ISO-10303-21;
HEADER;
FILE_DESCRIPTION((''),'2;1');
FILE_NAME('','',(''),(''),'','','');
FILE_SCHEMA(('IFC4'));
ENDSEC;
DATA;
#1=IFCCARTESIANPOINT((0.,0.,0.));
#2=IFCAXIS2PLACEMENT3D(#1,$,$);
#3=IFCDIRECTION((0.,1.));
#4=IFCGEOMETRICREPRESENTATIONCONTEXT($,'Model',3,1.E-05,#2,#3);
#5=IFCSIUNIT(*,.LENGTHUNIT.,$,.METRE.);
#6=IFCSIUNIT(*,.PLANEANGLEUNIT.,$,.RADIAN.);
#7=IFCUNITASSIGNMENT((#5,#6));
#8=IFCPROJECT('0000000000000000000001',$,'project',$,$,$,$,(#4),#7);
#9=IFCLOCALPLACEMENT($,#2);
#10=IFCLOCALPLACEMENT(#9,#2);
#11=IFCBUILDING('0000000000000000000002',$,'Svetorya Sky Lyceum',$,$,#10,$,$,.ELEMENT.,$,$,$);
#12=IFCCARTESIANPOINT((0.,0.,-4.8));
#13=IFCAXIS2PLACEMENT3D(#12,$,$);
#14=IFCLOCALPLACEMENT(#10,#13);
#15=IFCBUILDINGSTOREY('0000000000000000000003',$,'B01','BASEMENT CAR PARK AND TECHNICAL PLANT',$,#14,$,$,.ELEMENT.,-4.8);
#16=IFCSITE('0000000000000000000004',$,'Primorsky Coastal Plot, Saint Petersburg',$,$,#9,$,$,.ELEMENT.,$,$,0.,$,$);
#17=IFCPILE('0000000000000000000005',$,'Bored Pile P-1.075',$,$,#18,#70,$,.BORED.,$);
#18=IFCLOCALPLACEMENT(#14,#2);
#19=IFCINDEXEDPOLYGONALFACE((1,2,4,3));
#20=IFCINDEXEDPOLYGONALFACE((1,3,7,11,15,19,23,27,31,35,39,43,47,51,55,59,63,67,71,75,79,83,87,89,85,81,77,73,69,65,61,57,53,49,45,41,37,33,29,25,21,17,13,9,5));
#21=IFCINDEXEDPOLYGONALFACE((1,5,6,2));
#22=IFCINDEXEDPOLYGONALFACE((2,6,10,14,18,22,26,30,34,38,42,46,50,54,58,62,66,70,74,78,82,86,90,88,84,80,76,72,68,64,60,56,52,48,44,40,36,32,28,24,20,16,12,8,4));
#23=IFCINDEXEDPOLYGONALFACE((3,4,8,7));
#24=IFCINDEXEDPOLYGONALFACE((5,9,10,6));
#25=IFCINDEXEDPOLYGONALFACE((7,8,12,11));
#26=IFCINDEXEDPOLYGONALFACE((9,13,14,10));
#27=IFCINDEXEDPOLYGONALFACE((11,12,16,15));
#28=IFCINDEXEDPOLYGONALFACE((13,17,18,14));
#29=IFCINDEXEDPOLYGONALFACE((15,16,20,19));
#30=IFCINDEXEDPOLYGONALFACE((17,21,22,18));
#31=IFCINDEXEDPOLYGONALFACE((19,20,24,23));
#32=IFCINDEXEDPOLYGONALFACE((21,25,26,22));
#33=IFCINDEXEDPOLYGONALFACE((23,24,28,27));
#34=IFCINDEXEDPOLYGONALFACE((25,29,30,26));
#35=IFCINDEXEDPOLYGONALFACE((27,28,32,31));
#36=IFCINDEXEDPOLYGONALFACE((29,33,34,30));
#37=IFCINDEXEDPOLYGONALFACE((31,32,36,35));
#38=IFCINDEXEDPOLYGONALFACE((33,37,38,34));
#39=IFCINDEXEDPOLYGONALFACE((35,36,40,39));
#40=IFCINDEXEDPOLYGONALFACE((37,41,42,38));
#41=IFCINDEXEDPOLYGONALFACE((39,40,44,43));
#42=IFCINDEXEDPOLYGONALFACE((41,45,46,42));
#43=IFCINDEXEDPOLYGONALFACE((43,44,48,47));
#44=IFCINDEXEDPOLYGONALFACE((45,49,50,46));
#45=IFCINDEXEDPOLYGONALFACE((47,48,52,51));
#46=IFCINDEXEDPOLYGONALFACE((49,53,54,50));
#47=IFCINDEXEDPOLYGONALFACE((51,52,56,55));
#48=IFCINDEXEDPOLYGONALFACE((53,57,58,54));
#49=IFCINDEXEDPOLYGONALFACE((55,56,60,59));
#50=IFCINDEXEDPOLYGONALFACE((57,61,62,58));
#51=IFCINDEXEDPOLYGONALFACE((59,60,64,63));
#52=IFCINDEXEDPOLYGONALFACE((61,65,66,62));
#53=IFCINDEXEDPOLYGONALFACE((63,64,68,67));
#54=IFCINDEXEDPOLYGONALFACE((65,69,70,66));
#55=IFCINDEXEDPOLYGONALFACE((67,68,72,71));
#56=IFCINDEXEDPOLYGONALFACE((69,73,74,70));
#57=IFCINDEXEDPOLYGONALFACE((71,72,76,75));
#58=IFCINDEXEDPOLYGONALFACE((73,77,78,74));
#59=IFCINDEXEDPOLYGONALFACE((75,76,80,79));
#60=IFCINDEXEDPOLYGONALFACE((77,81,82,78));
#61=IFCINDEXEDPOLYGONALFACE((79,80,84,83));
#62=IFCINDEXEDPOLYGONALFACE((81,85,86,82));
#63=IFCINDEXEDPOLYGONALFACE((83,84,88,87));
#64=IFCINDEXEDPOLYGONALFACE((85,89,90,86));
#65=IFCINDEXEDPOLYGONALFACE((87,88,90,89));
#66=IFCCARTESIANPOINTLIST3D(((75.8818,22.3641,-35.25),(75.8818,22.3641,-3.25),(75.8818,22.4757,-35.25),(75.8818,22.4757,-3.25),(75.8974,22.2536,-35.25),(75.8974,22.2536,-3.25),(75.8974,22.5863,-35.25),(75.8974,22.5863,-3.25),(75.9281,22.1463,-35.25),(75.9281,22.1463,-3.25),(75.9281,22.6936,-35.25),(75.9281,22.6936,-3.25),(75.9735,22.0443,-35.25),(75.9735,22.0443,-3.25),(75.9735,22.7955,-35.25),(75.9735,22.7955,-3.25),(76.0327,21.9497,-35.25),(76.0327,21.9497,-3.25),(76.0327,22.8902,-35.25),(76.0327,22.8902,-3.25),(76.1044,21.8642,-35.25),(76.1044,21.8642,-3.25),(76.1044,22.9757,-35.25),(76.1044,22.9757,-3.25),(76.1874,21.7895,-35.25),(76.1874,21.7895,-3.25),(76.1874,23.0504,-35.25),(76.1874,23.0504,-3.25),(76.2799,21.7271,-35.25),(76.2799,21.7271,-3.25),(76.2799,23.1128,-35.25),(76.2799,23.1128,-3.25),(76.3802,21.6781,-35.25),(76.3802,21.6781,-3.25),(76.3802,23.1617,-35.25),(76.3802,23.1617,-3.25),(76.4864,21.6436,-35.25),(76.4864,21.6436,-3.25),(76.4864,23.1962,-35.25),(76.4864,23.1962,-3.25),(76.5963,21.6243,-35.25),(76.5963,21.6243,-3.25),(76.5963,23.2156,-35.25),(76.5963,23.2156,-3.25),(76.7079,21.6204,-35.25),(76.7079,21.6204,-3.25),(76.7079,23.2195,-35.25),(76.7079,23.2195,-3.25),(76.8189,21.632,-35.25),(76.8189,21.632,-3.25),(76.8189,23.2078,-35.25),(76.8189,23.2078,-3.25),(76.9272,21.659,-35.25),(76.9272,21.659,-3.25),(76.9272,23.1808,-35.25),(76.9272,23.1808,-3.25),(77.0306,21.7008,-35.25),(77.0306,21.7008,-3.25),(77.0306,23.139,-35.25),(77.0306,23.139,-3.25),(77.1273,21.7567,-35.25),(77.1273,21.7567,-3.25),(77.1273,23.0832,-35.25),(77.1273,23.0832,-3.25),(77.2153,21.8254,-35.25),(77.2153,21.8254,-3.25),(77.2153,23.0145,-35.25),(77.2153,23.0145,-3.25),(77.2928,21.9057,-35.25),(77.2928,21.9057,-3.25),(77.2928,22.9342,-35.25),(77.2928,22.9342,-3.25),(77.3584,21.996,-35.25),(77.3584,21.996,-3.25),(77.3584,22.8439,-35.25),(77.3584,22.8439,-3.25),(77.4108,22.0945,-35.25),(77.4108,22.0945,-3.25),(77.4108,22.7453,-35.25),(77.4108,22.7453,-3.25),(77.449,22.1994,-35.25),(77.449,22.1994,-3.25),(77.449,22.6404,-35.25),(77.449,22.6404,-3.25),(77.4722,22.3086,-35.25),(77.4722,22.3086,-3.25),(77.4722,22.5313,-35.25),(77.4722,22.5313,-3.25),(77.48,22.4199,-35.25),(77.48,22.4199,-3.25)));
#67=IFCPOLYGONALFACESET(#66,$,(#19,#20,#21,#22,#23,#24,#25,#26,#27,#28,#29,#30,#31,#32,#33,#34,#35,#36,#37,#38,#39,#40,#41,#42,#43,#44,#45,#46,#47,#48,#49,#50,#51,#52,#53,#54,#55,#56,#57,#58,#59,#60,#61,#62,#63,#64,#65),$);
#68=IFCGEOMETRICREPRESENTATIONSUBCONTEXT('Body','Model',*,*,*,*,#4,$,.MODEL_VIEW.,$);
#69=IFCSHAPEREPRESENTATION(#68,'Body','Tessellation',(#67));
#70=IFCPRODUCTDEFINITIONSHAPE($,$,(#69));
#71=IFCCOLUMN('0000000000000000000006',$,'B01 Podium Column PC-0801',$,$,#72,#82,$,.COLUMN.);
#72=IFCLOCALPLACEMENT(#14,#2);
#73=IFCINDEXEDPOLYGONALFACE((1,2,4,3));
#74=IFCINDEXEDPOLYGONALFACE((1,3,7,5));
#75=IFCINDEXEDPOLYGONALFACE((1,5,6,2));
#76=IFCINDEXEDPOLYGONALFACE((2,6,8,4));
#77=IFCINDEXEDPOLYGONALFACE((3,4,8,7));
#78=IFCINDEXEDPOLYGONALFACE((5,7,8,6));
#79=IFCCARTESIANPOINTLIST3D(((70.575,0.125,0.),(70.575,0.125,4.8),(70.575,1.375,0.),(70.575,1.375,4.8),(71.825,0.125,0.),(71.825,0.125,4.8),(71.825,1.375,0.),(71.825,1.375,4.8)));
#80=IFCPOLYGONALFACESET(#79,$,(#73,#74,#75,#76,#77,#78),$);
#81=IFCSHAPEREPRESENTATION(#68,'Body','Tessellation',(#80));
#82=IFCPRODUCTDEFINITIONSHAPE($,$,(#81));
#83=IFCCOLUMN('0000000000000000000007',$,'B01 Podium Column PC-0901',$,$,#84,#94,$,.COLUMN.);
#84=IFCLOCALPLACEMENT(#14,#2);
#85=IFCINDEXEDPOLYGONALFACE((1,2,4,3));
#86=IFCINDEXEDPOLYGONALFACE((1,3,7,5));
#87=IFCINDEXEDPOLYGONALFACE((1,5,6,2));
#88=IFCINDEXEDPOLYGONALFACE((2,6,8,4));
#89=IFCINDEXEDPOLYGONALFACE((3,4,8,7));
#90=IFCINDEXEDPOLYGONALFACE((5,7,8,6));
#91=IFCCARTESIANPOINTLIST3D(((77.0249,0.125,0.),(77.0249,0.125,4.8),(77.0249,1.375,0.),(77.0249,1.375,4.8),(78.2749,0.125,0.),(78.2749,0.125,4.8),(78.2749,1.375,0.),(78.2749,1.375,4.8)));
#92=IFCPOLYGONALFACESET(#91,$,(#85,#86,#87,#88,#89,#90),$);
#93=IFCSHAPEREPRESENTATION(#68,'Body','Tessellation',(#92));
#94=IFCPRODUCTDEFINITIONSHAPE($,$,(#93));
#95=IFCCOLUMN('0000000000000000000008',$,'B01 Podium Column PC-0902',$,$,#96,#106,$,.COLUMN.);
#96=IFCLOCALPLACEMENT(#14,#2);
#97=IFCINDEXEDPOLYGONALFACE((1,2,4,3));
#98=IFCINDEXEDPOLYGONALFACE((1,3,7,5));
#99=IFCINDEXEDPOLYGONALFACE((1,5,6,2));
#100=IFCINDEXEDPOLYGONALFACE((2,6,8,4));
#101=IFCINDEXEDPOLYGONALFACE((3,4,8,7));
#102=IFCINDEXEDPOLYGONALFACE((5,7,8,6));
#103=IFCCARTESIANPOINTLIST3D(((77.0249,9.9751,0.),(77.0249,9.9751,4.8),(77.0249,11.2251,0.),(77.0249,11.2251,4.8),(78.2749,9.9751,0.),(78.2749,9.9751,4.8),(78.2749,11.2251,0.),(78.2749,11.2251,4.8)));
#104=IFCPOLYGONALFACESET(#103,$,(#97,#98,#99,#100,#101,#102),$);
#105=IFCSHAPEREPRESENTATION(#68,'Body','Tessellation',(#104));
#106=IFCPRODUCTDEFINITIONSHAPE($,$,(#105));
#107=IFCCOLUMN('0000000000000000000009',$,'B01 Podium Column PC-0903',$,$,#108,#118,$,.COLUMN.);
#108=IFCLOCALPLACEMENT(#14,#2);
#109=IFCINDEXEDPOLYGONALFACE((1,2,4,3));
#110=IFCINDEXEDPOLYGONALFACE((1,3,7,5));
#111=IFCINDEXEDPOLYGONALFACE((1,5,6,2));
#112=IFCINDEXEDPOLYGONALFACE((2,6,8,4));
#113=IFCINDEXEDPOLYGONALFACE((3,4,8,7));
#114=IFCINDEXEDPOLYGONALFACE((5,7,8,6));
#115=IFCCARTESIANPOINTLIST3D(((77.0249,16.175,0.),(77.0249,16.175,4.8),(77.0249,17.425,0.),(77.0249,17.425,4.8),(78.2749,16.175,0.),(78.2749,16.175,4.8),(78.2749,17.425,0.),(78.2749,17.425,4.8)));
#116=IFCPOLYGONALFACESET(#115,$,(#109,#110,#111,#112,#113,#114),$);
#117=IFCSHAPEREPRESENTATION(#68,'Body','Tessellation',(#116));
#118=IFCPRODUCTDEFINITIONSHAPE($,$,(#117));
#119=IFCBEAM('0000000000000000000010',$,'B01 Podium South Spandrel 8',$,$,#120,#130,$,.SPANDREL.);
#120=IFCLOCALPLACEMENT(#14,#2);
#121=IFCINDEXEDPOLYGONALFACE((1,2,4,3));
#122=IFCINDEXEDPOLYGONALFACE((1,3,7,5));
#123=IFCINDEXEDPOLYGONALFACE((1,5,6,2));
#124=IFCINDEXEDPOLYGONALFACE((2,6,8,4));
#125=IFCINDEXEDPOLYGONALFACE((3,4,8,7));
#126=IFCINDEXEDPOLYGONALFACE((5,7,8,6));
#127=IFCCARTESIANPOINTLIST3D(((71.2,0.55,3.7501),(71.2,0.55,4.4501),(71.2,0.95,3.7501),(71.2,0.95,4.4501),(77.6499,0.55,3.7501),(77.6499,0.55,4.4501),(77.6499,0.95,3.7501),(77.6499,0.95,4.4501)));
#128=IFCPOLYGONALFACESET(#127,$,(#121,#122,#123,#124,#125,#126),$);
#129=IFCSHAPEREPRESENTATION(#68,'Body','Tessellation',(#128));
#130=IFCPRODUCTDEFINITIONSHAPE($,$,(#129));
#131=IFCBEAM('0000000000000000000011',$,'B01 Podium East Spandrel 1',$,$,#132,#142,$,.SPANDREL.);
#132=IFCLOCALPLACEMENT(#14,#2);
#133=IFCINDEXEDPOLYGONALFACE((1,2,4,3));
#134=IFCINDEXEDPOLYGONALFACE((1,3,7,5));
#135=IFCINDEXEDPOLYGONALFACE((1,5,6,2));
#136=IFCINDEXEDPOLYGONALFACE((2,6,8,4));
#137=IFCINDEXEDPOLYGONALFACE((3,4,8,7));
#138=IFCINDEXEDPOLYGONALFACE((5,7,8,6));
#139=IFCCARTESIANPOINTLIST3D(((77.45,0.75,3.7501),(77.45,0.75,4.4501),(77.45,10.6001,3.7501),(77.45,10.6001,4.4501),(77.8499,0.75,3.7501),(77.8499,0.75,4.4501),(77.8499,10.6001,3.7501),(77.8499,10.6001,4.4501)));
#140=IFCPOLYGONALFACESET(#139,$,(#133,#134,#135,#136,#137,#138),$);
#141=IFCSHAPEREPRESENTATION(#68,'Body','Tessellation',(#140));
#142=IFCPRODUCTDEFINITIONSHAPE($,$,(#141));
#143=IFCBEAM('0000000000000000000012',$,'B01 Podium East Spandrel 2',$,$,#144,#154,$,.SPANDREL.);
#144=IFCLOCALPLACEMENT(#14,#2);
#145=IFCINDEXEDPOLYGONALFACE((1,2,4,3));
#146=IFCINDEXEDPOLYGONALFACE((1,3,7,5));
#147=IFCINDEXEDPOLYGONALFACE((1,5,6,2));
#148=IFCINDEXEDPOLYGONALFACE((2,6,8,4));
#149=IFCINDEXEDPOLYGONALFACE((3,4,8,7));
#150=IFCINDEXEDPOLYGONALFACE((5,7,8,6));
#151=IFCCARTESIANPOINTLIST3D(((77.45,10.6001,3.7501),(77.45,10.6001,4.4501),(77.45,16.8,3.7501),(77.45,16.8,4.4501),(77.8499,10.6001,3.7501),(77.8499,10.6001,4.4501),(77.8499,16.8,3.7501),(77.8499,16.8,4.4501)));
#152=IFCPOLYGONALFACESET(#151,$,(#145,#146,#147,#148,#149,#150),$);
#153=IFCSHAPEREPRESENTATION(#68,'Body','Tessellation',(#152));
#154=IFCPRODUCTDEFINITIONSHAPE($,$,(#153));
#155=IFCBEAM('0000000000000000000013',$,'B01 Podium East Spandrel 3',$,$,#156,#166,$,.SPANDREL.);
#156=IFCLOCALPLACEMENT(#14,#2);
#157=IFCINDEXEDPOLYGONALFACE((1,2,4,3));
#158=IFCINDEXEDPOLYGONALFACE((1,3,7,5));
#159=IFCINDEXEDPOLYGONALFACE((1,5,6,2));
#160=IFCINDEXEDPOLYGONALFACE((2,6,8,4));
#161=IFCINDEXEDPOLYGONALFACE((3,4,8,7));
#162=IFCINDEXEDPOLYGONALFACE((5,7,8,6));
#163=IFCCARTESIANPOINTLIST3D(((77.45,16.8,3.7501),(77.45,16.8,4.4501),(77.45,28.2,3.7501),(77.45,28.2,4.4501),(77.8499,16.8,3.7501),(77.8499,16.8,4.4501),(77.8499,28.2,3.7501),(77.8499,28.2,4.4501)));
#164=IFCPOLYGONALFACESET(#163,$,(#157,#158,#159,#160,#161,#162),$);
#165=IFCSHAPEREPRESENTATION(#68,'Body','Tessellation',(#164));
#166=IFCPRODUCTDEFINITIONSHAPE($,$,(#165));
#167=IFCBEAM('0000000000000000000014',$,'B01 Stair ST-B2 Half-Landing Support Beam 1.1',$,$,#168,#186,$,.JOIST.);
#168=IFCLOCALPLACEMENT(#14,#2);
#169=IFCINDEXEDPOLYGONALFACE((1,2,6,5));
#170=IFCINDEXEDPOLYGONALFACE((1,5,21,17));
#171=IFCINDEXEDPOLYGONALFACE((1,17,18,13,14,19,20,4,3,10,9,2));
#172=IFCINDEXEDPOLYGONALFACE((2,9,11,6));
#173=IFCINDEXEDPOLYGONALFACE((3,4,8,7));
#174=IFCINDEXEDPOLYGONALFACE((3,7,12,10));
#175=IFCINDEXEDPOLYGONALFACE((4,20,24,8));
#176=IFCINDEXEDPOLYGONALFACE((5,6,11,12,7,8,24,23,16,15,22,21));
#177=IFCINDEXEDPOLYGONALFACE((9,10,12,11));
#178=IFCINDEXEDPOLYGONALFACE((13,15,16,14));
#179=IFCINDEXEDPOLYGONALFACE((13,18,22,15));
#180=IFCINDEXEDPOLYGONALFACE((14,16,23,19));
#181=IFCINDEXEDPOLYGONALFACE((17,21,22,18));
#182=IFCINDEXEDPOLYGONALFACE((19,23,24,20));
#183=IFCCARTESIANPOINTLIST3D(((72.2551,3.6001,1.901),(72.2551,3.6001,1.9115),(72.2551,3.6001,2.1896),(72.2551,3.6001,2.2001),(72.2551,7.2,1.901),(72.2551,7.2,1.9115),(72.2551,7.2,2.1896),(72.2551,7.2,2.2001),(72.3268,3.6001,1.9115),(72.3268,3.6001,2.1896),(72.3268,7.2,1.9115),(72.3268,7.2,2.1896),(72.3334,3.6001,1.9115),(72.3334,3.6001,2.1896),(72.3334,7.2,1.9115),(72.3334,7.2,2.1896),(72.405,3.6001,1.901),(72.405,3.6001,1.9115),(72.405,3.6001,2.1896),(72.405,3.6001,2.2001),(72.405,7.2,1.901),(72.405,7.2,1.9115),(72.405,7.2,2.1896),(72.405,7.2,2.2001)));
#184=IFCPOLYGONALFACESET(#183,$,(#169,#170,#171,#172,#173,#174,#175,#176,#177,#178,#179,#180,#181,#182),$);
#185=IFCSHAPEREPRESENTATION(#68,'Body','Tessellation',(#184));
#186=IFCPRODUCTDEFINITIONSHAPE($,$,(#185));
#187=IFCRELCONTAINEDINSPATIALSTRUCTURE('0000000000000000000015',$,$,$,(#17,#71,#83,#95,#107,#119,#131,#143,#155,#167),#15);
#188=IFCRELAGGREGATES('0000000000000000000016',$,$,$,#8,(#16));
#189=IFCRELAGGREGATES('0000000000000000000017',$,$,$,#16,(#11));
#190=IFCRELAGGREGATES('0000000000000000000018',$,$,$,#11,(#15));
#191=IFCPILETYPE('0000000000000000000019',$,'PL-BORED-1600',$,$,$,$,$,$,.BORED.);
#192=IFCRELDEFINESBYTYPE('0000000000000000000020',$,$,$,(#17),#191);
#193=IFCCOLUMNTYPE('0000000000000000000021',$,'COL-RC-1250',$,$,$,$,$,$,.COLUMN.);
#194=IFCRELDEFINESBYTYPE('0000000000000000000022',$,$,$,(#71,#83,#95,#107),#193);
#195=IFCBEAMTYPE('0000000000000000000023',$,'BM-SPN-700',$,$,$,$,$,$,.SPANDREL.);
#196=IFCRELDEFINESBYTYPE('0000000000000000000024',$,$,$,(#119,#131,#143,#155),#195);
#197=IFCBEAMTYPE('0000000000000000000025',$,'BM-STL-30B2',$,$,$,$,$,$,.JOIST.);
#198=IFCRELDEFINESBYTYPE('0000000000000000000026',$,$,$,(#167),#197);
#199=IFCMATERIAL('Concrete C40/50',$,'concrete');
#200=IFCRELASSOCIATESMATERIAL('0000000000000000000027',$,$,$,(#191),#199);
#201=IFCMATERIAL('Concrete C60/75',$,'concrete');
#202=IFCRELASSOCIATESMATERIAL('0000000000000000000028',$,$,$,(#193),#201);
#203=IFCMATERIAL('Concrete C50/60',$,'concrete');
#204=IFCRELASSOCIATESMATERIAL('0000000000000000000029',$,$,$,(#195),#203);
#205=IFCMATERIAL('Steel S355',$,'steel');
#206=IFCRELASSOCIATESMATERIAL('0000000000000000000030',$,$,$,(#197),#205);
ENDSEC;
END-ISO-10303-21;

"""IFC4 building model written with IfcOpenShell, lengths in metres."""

from ifc_helpers import new_model, si_unit, direction, frame, origin, origin_2d, place, context, subcontext, project, spatial, rectangle, circle, i_section, extrude, material, material_profile, profile_set, type_object, element, save


model = new_model("IFC4")

# Units and contexts
model_context = context("Model", 3, precision=1e-05, world=origin(), true_north=direction((0.0, 1.0)))
body_context = subcontext(model_context, "Body", "Model", "MODEL_VIEW")
ifc_project = project(units=[si_unit("LENGTHUNIT", "METRE"), si_unit("PLANEANGLEUNIT", "RADIAN")], contexts=[model_context])

# Site, building, storey
site_placement = place(None, origin())
site = spatial("IfcSite", under=ifc_project, at=site_placement, Name="Primorsky Coastal Plot, Saint Petersburg", CompositionType="ELEMENT", RefElevation=0.0)
building_placement = place(site_placement, origin())
building = spatial("IfcBuilding", under=site, at=building_placement, Name="Svetorya Sky Lyceum", CompositionType="ELEMENT")
storey_placement = place(building_placement, frame((0.0, 0.0, -4.8)))
storey = spatial("IfcBuildingStorey", under=building, at=storey_placement, Name="B01", Description="BASEMENT CAR PARK AND TECHNICAL PLANT", CompositionType="ELEMENT", Elevation=-4.8)

# Pile
ifc_material_1 = material(Name="Concrete C40/50", Category="concrete")
ifc_material_profile_1 = material_profile(ifc_material_1, circle(Radius=0.8, at=origin_2d()), Name="RC PILE D1600")
ifc_profile_set_1 = profile_set([ifc_material_profile_1], Name="Concrete C40/50")
pile_type = type_object("IfcPileType", Name="PL-BORED-1600", PredefinedType="BORED", material=ifc_profile_set_1)
for number, where, z_axis, x_axis, name in (
    (1, (76.6799, 22.4199, -3.25), (0.0, 0.0, -1.0), (1.0, 0.0, 0.0), "Bored Pile P-1.075"),
):
    element("IfcPile", number, at=place(storey_placement, frame(where, z_axis=z_axis, x_axis=x_axis)), inside=storey, type_object=pile_type, Name=name, PredefinedType="BORED", context=body_context, shape_type="SweptSolid", body=[
        extrude(circle(Radius=0.8, at=origin_2d()), origin(), (0.0, 0.0, 1.0), 32.0),
    ])

# Columns
ifc_material_2 = material(Name="Concrete C60/75", Category="concrete")
ifc_material_profile_2 = material_profile(ifc_material_2, rectangle(XDim=1.25, YDim=1.25, at=origin_2d()), Name="RC COL 1250x1250")
ifc_profile_set_2 = profile_set([ifc_material_profile_2], Name="Concrete C60/75")
column_type = type_object("IfcColumnType", Name="COL-RC-1250", PredefinedType="COLUMN", material=ifc_profile_set_2)
for number, where, z_axis, x_axis, name in (
    (2, (71.2, 0.75, 0.0), (0.0, 0.0, 1.0), (1.0, 0.0, 0.0), "B01 Podium Column PC-0801"),
    (3, (77.6499, 0.75, 0.0), (0.0, 0.0, 1.0), (1.0, 0.0, 0.0), "B01 Podium Column PC-0901"),
    (4, (77.6499, 10.6001, 0.0), (0.0, 0.0, 1.0), (1.0, 0.0, 0.0), "B01 Podium Column PC-0902"),
    (5, (77.6499, 16.8, 0.0), (0.0, 0.0, 1.0), (1.0, 0.0, 0.0), "B01 Podium Column PC-0903"),
):
    element("IfcColumn", number, at=place(storey_placement, frame(where, z_axis=z_axis, x_axis=x_axis)), inside=storey, type_object=column_type, Name=name, PredefinedType="COLUMN", context=body_context, shape_type="SweptSolid", body=[
        extrude(rectangle(XDim=1.25, YDim=1.25, at=origin_2d()), origin(), (0.0, 0.0, 1.0), 4.8),
    ])

# Beams
ifc_material_3 = material(Name="Concrete C50/60", Category="concrete")
ifc_material_profile_3 = material_profile(ifc_material_3, rectangle(XDim=0.3999, YDim=0.7, at=origin_2d()), Name="RC SPANDREL 400x700")
ifc_profile_set_3 = profile_set([ifc_material_profile_3], Name="Concrete C50/60")
beam_type_1 = type_object("IfcBeamType", Name="BM-SPN-700", PredefinedType="SPANDREL", material=ifc_profile_set_3)
beam_1_placement = place(storey_placement, frame((71.2, 0.75, 4.1001), z_axis=(1.0, 0.0, 0.0), x_axis=(0.0, 1.0, 0.0)))
element("IfcBeam", 6, at=beam_1_placement, inside=storey, type_object=beam_type_1, Name="B01 Podium South Spandrel 8", PredefinedType="SPANDREL", context=body_context, shape_type="SweptSolid", body=[
    extrude(rectangle(XDim=0.3999, YDim=0.7, at=origin_2d()), origin(), (0.0, 0.0, 1.0), 6.45),
])
beam_2_placement = place(storey_placement, frame((77.6499, 0.75, 4.1001), z_axis=(0.0, 1.0, 0.0), x_axis=(-1.0, 0.0, 0.0)))
element("IfcBeam", 7, at=beam_2_placement, inside=storey, type_object=beam_type_1, Name="B01 Podium East Spandrel 1", PredefinedType="SPANDREL", context=body_context, shape_type="SweptSolid", body=[
    extrude(rectangle(XDim=0.3999, YDim=0.7, at=origin_2d()), origin(), (0.0, 0.0, 1.0), 9.8501),
])
beam_3_placement = place(storey_placement, frame((77.6499, 10.6001, 4.1001), z_axis=(0.0, 1.0, 0.0), x_axis=(-1.0, 0.0, 0.0)))
element("IfcBeam", 8, at=beam_3_placement, inside=storey, type_object=beam_type_1, Name="B01 Podium East Spandrel 2", PredefinedType="SPANDREL", context=body_context, shape_type="SweptSolid", body=[
    extrude(rectangle(XDim=0.3999, YDim=0.7, at=origin_2d()), origin(), (0.0, 0.0, 1.0), 6.2),
])
beam_4_placement = place(storey_placement, frame((77.6499, 16.8, 4.1001), z_axis=(0.0, 1.0, 0.0), x_axis=(-1.0, 0.0, 0.0)))
element("IfcBeam", 9, at=beam_4_placement, inside=storey, type_object=beam_type_1, Name="B01 Podium East Spandrel 3", PredefinedType="SPANDREL", context=body_context, shape_type="SweptSolid", body=[
    extrude(rectangle(XDim=0.3999, YDim=0.7, at=origin_2d()), origin(), (0.0, 0.0, 1.0), 11.3999),
])
ifc_material_4 = material(Name="Steel S355", Category="steel")
ifc_material_profile_4 = material_profile(ifc_material_4, i_section(OverallWidth=0.1499, OverallDepth=0.2991, WebThickness=0.0066, FlangeThickness=0.0105, at=origin_2d()), Name="GOST 30B2")
ifc_profile_set_4 = profile_set([ifc_material_profile_4], Name="Steel S355")
beam_type_2 = type_object("IfcBeamType", Name="BM-STL-30B2", PredefinedType="JOIST", material=ifc_profile_set_4)
for number, where, z_axis, x_axis, name in (
    (10, (72.3301, 3.6001, 2.0505), (0.0, 1.0, 0.0), (-1.0, 0.0, 0.0), "B01 Stair ST-B2 Half-Landing Support Beam 1.1"),
):
    element("IfcBeam", number, at=place(storey_placement, frame(where, z_axis=z_axis, x_axis=x_axis)), inside=storey, type_object=beam_type_2, Name=name, PredefinedType="JOIST", context=body_context, shape_type="SweptSolid", body=[
        extrude(i_section(OverallWidth=0.1499, OverallDepth=0.2991, WebThickness=0.0066, FlangeThickness=0.0105, at=origin_2d()), origin(), (0.0, 0.0, 1.0), 3.5999),
    ])

save(model, "model.ifc")
